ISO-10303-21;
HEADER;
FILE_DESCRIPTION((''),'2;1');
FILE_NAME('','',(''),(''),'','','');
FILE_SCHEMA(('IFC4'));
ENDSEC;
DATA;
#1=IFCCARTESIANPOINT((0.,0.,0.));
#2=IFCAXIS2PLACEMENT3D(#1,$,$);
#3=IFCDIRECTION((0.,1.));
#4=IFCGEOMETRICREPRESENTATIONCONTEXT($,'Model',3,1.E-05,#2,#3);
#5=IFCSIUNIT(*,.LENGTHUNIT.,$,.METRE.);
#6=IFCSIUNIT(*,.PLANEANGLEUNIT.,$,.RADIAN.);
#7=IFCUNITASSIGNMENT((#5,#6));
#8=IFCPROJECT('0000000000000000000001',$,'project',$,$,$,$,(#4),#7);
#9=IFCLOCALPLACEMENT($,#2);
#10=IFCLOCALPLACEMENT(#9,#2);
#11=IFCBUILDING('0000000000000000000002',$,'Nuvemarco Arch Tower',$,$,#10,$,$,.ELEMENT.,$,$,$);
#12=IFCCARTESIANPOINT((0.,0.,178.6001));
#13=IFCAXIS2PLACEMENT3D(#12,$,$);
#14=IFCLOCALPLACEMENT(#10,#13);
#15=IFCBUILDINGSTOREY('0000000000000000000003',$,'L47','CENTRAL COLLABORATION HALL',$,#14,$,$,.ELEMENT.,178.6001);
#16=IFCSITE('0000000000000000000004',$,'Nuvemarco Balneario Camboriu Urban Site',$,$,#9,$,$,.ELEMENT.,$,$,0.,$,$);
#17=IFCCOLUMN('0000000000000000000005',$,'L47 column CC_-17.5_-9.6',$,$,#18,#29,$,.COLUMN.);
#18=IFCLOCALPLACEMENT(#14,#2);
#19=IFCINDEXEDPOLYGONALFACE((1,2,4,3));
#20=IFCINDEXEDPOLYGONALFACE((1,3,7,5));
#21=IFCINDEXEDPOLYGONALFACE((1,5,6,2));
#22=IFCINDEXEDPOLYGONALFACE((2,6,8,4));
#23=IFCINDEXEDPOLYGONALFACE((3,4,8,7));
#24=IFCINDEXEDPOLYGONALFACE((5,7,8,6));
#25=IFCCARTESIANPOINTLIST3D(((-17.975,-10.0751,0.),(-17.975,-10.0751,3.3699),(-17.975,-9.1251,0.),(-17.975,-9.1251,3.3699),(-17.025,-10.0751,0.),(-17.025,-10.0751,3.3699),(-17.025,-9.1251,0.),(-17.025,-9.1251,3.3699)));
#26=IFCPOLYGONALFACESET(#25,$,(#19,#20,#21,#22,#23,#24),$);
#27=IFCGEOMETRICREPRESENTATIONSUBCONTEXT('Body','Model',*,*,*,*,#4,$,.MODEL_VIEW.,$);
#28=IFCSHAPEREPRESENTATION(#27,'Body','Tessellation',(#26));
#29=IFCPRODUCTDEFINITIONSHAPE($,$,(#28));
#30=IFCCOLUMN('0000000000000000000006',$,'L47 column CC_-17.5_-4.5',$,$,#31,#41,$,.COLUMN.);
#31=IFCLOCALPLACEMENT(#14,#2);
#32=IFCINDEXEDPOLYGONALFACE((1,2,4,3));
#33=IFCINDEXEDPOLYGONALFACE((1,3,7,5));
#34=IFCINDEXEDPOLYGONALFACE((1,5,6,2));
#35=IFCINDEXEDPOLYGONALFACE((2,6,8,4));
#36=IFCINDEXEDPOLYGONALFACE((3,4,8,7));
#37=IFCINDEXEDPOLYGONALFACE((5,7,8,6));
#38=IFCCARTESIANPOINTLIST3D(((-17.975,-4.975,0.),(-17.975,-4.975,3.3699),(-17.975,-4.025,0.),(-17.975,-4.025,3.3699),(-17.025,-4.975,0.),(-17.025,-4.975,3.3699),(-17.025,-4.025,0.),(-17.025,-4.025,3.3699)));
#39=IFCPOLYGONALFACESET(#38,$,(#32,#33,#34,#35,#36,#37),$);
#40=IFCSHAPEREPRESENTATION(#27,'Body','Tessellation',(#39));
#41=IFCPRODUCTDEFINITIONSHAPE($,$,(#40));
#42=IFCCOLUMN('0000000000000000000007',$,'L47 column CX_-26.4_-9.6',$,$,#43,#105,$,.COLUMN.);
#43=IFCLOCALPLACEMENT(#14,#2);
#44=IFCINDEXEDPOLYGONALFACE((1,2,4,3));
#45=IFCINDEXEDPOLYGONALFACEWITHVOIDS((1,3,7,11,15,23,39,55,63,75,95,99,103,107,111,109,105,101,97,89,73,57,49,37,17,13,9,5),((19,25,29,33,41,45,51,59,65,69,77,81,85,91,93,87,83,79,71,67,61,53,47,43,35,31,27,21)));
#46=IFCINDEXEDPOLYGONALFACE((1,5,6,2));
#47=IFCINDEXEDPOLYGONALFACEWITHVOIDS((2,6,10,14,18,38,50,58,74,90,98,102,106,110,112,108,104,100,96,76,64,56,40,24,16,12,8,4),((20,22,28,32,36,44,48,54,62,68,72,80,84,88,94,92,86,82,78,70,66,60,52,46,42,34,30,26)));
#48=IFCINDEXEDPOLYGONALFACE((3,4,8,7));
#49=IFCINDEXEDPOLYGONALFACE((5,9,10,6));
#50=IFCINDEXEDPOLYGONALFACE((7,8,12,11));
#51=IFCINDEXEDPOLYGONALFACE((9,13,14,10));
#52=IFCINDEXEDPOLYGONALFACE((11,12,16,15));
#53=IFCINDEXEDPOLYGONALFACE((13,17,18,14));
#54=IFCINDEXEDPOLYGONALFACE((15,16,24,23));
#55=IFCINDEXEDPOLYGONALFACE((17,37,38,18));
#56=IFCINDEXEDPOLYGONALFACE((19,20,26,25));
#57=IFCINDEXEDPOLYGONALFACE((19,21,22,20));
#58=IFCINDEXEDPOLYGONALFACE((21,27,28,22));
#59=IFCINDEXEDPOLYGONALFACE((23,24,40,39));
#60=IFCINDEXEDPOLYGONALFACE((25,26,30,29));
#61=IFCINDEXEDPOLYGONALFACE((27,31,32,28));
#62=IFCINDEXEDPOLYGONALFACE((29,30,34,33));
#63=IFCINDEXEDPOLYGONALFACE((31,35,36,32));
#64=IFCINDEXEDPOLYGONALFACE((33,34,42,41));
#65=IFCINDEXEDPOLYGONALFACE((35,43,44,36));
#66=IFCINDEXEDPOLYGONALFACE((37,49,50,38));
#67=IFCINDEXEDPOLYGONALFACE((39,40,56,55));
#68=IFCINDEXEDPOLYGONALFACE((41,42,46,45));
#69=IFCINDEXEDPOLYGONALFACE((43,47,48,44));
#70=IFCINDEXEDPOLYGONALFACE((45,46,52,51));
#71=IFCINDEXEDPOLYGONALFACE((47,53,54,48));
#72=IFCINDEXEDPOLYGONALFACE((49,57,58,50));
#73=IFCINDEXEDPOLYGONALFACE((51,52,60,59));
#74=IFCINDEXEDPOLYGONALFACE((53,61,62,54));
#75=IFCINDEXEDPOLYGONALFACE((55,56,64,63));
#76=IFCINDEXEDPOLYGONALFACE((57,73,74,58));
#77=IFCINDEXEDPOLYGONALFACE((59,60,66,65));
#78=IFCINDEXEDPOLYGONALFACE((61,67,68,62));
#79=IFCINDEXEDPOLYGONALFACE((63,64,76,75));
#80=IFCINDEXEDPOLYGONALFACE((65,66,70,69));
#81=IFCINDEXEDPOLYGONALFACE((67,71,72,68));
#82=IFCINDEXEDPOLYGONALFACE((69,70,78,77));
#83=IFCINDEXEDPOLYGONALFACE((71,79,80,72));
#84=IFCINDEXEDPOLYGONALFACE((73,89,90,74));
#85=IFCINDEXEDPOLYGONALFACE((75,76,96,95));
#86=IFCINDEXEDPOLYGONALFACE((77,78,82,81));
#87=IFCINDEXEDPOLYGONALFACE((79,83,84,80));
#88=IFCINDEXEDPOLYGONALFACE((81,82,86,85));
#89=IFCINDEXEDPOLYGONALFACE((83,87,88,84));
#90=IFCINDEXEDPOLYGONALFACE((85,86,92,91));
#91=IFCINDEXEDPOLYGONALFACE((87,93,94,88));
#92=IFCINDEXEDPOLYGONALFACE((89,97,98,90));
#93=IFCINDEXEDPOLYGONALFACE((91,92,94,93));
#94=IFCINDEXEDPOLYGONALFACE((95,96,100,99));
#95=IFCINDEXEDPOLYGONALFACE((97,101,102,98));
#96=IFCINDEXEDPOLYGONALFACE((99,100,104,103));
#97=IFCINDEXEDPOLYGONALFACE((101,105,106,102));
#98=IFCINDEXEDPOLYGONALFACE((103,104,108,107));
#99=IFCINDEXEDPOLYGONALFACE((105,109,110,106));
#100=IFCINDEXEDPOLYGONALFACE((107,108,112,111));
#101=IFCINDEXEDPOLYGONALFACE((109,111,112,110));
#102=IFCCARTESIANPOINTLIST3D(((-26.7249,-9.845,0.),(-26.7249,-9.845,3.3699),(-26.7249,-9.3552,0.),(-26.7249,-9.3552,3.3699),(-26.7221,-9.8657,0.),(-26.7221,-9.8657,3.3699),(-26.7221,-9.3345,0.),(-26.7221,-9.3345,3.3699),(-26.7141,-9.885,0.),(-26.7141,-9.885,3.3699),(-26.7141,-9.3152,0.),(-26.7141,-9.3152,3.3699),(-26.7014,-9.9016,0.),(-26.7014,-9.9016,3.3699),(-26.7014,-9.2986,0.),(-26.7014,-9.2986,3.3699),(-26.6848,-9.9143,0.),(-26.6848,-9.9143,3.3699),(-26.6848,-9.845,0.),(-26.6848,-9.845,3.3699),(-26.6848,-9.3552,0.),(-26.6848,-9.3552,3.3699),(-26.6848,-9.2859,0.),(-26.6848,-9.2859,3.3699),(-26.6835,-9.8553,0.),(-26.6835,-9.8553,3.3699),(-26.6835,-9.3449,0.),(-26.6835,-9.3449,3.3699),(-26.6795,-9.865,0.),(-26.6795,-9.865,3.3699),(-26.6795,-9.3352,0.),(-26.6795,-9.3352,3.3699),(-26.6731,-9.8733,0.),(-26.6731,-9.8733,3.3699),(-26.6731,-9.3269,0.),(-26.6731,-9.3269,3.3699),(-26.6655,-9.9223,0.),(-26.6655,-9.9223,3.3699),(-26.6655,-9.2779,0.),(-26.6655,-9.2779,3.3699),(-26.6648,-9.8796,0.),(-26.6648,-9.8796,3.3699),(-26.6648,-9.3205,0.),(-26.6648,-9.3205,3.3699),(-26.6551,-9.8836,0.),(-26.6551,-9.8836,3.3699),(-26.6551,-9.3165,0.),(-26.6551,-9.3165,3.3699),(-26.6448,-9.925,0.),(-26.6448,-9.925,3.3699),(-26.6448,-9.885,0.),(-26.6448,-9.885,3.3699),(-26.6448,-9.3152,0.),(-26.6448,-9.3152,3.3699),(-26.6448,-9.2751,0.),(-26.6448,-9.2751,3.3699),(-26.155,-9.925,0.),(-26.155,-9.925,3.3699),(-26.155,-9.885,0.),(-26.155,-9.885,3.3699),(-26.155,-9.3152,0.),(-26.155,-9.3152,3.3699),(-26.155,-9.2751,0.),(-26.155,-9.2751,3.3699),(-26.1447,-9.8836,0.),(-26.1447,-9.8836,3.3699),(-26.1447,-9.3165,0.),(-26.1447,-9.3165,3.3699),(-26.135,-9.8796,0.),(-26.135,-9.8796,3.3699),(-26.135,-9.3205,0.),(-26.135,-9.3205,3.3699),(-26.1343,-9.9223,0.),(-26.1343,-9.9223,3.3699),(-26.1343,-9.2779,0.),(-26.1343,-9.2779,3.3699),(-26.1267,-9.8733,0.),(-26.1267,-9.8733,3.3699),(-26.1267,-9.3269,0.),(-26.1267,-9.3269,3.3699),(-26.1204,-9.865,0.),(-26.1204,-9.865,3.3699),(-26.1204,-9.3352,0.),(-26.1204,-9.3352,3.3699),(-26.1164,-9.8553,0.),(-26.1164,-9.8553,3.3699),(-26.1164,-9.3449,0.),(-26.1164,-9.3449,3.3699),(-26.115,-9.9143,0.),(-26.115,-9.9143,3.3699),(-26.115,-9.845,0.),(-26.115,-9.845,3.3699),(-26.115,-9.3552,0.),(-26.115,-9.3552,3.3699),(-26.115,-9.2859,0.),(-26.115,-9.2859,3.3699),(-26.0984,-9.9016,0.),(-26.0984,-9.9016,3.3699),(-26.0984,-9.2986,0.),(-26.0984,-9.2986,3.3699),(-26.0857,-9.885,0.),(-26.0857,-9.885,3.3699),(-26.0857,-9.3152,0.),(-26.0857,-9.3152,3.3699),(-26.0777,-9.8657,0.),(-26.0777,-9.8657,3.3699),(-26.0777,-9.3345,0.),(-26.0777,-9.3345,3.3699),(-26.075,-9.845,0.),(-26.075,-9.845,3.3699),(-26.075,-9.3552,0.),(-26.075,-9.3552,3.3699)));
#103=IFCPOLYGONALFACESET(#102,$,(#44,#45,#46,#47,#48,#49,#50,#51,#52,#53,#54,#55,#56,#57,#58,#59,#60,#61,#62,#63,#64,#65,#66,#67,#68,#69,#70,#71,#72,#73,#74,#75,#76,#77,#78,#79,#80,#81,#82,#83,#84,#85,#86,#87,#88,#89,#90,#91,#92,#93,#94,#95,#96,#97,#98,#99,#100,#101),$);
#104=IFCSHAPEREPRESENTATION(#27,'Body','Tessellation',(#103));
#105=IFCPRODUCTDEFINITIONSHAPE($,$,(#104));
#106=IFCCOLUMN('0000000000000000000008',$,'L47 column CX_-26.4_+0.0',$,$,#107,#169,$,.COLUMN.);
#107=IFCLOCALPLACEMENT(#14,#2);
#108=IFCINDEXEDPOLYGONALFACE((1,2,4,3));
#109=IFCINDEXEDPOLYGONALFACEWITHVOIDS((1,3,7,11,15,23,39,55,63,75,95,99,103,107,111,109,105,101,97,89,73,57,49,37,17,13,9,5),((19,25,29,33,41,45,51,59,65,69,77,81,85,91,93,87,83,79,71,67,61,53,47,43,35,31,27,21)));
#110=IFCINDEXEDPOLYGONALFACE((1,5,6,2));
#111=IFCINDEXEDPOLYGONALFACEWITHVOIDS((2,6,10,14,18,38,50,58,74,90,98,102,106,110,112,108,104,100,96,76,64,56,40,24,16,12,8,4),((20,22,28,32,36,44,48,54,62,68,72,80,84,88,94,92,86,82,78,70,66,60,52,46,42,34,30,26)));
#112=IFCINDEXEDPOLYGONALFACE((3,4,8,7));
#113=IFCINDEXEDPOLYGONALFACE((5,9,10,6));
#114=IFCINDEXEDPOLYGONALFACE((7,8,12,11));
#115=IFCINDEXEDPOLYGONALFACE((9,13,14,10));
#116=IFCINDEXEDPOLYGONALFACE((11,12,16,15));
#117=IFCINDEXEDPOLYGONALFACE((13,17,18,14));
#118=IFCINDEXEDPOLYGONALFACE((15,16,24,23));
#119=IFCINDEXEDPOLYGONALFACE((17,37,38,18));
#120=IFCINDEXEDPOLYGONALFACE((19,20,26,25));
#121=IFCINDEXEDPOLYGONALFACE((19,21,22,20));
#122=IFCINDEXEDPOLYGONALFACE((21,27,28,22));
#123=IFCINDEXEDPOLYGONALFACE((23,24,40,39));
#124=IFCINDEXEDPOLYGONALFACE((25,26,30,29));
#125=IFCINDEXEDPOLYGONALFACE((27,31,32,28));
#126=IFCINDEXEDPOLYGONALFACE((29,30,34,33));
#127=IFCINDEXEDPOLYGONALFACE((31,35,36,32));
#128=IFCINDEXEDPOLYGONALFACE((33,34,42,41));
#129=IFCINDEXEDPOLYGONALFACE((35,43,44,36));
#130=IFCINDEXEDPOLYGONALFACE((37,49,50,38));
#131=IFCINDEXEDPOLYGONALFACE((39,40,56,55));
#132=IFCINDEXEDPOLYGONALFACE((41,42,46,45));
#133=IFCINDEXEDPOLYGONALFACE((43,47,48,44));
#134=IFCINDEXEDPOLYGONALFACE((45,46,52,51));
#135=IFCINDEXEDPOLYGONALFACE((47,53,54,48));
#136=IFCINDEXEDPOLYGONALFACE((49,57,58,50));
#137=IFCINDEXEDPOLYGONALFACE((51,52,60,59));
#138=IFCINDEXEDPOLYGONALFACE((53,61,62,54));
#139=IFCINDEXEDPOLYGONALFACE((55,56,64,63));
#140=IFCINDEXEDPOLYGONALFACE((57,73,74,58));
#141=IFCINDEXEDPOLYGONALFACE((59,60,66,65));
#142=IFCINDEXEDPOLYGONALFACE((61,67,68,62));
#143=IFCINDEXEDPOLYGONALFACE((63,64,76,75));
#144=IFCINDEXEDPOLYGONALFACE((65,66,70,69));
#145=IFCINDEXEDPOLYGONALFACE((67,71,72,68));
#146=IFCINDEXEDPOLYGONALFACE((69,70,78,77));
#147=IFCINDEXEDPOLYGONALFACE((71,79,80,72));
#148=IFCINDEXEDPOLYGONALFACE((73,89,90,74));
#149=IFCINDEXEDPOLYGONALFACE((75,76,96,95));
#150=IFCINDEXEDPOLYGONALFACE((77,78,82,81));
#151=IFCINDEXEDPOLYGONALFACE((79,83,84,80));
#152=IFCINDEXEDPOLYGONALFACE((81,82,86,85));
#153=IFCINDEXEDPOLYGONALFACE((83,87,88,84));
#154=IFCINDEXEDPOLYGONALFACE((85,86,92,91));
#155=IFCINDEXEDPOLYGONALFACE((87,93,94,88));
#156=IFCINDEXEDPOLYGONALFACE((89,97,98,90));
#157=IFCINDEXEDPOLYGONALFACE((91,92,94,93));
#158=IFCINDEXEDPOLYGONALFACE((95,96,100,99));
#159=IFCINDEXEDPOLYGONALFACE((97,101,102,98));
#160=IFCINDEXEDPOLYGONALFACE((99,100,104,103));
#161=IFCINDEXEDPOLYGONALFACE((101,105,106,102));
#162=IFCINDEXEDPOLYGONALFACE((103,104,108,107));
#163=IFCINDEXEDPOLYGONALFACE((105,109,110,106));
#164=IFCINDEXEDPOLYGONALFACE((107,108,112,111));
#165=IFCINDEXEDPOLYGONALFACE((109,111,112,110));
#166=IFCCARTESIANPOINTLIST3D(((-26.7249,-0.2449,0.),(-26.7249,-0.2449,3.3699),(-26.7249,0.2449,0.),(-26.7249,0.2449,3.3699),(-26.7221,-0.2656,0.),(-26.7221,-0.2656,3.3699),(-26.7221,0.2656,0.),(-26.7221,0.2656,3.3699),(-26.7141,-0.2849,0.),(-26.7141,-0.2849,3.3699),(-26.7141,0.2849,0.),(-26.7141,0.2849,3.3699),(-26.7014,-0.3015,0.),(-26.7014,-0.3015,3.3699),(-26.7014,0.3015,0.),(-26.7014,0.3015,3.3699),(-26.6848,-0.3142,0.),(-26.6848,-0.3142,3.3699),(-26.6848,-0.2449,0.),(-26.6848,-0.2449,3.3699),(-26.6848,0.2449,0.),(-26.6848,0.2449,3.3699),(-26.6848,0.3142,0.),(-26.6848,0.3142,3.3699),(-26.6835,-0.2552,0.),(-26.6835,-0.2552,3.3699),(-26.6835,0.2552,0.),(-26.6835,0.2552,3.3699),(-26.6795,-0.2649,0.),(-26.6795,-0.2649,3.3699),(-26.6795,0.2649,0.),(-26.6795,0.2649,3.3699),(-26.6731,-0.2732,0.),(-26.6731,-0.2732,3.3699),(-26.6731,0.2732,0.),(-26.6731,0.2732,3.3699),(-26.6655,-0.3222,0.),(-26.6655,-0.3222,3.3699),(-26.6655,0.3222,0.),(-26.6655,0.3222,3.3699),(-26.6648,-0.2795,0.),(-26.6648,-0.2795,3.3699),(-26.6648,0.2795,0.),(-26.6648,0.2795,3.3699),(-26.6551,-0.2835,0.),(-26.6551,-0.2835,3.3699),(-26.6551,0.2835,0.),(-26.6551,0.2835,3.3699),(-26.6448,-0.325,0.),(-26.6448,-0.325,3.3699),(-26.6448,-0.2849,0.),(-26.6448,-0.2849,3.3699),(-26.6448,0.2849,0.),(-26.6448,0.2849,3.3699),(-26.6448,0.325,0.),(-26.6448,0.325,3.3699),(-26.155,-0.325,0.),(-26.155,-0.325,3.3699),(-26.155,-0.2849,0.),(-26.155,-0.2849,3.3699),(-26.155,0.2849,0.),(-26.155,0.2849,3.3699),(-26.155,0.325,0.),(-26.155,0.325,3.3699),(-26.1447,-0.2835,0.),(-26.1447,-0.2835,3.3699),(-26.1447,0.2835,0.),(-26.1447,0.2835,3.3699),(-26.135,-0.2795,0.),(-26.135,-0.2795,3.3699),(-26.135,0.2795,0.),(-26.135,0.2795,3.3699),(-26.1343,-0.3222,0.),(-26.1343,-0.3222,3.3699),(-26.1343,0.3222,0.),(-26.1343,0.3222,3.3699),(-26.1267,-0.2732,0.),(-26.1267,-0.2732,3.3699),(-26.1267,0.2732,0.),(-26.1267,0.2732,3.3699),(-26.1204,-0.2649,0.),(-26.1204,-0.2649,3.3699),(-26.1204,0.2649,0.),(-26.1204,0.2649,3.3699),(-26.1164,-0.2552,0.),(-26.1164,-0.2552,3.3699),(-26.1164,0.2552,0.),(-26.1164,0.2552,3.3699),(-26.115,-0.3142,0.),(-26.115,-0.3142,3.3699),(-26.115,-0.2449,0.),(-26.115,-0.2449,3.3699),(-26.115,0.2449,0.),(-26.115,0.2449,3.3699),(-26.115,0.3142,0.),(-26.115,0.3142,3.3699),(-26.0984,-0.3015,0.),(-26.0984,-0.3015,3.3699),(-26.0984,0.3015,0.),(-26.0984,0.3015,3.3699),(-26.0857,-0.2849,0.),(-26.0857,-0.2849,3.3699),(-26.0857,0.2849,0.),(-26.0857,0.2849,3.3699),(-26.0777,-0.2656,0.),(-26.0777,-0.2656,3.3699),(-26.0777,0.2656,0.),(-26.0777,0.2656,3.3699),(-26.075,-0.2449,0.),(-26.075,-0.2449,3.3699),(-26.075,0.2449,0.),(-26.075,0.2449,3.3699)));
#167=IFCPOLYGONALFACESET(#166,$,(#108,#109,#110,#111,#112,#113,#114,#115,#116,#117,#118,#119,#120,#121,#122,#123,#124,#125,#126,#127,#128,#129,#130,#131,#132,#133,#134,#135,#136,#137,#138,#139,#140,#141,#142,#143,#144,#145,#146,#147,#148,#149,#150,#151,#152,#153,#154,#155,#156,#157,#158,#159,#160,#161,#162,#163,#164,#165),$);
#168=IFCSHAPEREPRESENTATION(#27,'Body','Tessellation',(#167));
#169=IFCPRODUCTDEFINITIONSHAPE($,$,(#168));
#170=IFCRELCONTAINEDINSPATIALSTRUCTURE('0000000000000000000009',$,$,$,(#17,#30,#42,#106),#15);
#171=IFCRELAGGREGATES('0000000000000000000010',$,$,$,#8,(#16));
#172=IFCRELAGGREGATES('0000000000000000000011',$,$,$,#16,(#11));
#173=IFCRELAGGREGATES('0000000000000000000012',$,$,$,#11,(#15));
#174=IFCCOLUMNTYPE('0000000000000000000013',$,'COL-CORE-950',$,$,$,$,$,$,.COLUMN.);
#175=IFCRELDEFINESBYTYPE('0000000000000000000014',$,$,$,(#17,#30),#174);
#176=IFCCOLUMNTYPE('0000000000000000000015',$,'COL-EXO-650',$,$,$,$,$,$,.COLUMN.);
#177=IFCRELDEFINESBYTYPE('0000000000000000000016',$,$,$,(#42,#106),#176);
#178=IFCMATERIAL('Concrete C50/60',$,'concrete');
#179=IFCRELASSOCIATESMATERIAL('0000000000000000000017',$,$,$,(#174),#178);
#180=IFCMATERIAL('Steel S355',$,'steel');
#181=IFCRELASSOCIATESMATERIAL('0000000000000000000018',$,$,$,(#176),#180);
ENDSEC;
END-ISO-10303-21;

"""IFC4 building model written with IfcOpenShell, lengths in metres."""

from ifc_helpers import new_model, si_unit, direction, frame, origin, origin_2d, place, context, subcontext, project, spatial, rectangle, hollow_rectangle, extrude, material, material_profile, profile_set, type_object, element, save


model = new_model("IFC4")

# Units and contexts
model_context = context("Model", 3, precision=1e-05, world=origin(), true_north=direction((0.0, 1.0)))
body_context = subcontext(model_context, "Body", "Model", "MODEL_VIEW")
ifc_project = project(units=[si_unit("LENGTHUNIT", "METRE"), si_unit("PLANEANGLEUNIT", "RADIAN")], contexts=[model_context])

# Site, building, storey
site_placement = place(None, origin())
site = spatial("IfcSite", under=ifc_project, at=site_placement, Name="Nuvemarco Balneario Camboriu Urban Site", CompositionType="ELEMENT", RefElevation=0.0)
building_placement = place(site_placement, origin())
building = spatial("IfcBuilding", under=site, at=building_placement, Name="Nuvemarco Arch Tower", CompositionType="ELEMENT")
storey_placement = place(building_placement, frame((0.0, 0.0, 178.6001)))
storey = spatial("IfcBuildingStorey", under=building, at=storey_placement, Name="L47", Description="CENTRAL COLLABORATION HALL", CompositionType="ELEMENT", Elevation=178.6001)

# Columns
ifc_material_1 = material(Name="Concrete C50/60", Category="concrete")
ifc_material_profile_1 = material_profile(ifc_material_1, rectangle(XDim=0.95, YDim=0.95, at=origin_2d()), Name="RC-COL-950x950")
ifc_profile_set_1 = profile_set([ifc_material_profile_1], Name="Concrete C50/60")
column_type_1 = type_object("IfcColumnType", Name="COL-CORE-950", PredefinedType="COLUMN", material=ifc_profile_set_1)
for number, where, z_axis, x_axis, name in (
    (1, (-17.5, -9.6001, 0.0), (0.0, 0.0, 1.0), (1.0, 0.0, 0.0), "L47 column CC_-17.5_-9.6"),
    (2, (-17.5, -4.5, 0.0), (0.0, 0.0, 1.0), (1.0, 0.0, 0.0), "L47 column CC_-17.5_-4.5"),
):
    element("IfcColumn", number, at=place(storey_placement, frame(where, z_axis=z_axis, x_axis=x_axis)), inside=storey, type_object=column_type_1, Name=name, PredefinedType="COLUMN", context=body_context, shape_type="SweptSolid", body=[
        extrude(rectangle(XDim=0.95, YDim=0.95, at=origin_2d()), origin(), (0.0, 0.0, 1.0), 3.3699),
    ])
ifc_material_2 = material(Name="Steel S355", Category="steel")
ifc_material_profile_2 = material_profile(ifc_material_2, hollow_rectangle(XDim=0.6499, YDim=0.6499, WallThickness=0.04, InnerFilletRadius=0.04, OuterFilletRadius=0.0801, at=origin_2d()), Name="SHS650x650x40")
ifc_profile_set_2 = profile_set([ifc_material_profile_2], Name="Steel S355")
column_type_2 = type_object("IfcColumnType", Name="COL-EXO-650", PredefinedType="COLUMN", material=ifc_profile_set_2)
for number, where, z_axis, x_axis, name in (
    (3, (-26.3999, -9.6001, 0.0), (0.0, 0.0, 1.0), (1.0, 0.0, 0.0), "L47 column CX_-26.4_-9.6"),
    (4, (-26.3999, 0.0, 0.0), (0.0, 0.0, 1.0), (1.0, 0.0, 0.0), "L47 column CX_-26.4_+0.0"),
):
    element("IfcColumn", number, at=place(storey_placement, frame(where, z_axis=z_axis, x_axis=x_axis)), inside=storey, type_object=column_type_2, Name=name, PredefinedType="COLUMN", context=body_context, shape_type="SweptSolid", body=[
        extrude(hollow_rectangle(XDim=0.6499, YDim=0.6499, WallThickness=0.04, InnerFilletRadius=0.04, OuterFilletRadius=0.0801, at=origin_2d()), origin(), (0.0, 0.0, 1.0), 3.3699),
    ])

save(model, "model.ifc")
